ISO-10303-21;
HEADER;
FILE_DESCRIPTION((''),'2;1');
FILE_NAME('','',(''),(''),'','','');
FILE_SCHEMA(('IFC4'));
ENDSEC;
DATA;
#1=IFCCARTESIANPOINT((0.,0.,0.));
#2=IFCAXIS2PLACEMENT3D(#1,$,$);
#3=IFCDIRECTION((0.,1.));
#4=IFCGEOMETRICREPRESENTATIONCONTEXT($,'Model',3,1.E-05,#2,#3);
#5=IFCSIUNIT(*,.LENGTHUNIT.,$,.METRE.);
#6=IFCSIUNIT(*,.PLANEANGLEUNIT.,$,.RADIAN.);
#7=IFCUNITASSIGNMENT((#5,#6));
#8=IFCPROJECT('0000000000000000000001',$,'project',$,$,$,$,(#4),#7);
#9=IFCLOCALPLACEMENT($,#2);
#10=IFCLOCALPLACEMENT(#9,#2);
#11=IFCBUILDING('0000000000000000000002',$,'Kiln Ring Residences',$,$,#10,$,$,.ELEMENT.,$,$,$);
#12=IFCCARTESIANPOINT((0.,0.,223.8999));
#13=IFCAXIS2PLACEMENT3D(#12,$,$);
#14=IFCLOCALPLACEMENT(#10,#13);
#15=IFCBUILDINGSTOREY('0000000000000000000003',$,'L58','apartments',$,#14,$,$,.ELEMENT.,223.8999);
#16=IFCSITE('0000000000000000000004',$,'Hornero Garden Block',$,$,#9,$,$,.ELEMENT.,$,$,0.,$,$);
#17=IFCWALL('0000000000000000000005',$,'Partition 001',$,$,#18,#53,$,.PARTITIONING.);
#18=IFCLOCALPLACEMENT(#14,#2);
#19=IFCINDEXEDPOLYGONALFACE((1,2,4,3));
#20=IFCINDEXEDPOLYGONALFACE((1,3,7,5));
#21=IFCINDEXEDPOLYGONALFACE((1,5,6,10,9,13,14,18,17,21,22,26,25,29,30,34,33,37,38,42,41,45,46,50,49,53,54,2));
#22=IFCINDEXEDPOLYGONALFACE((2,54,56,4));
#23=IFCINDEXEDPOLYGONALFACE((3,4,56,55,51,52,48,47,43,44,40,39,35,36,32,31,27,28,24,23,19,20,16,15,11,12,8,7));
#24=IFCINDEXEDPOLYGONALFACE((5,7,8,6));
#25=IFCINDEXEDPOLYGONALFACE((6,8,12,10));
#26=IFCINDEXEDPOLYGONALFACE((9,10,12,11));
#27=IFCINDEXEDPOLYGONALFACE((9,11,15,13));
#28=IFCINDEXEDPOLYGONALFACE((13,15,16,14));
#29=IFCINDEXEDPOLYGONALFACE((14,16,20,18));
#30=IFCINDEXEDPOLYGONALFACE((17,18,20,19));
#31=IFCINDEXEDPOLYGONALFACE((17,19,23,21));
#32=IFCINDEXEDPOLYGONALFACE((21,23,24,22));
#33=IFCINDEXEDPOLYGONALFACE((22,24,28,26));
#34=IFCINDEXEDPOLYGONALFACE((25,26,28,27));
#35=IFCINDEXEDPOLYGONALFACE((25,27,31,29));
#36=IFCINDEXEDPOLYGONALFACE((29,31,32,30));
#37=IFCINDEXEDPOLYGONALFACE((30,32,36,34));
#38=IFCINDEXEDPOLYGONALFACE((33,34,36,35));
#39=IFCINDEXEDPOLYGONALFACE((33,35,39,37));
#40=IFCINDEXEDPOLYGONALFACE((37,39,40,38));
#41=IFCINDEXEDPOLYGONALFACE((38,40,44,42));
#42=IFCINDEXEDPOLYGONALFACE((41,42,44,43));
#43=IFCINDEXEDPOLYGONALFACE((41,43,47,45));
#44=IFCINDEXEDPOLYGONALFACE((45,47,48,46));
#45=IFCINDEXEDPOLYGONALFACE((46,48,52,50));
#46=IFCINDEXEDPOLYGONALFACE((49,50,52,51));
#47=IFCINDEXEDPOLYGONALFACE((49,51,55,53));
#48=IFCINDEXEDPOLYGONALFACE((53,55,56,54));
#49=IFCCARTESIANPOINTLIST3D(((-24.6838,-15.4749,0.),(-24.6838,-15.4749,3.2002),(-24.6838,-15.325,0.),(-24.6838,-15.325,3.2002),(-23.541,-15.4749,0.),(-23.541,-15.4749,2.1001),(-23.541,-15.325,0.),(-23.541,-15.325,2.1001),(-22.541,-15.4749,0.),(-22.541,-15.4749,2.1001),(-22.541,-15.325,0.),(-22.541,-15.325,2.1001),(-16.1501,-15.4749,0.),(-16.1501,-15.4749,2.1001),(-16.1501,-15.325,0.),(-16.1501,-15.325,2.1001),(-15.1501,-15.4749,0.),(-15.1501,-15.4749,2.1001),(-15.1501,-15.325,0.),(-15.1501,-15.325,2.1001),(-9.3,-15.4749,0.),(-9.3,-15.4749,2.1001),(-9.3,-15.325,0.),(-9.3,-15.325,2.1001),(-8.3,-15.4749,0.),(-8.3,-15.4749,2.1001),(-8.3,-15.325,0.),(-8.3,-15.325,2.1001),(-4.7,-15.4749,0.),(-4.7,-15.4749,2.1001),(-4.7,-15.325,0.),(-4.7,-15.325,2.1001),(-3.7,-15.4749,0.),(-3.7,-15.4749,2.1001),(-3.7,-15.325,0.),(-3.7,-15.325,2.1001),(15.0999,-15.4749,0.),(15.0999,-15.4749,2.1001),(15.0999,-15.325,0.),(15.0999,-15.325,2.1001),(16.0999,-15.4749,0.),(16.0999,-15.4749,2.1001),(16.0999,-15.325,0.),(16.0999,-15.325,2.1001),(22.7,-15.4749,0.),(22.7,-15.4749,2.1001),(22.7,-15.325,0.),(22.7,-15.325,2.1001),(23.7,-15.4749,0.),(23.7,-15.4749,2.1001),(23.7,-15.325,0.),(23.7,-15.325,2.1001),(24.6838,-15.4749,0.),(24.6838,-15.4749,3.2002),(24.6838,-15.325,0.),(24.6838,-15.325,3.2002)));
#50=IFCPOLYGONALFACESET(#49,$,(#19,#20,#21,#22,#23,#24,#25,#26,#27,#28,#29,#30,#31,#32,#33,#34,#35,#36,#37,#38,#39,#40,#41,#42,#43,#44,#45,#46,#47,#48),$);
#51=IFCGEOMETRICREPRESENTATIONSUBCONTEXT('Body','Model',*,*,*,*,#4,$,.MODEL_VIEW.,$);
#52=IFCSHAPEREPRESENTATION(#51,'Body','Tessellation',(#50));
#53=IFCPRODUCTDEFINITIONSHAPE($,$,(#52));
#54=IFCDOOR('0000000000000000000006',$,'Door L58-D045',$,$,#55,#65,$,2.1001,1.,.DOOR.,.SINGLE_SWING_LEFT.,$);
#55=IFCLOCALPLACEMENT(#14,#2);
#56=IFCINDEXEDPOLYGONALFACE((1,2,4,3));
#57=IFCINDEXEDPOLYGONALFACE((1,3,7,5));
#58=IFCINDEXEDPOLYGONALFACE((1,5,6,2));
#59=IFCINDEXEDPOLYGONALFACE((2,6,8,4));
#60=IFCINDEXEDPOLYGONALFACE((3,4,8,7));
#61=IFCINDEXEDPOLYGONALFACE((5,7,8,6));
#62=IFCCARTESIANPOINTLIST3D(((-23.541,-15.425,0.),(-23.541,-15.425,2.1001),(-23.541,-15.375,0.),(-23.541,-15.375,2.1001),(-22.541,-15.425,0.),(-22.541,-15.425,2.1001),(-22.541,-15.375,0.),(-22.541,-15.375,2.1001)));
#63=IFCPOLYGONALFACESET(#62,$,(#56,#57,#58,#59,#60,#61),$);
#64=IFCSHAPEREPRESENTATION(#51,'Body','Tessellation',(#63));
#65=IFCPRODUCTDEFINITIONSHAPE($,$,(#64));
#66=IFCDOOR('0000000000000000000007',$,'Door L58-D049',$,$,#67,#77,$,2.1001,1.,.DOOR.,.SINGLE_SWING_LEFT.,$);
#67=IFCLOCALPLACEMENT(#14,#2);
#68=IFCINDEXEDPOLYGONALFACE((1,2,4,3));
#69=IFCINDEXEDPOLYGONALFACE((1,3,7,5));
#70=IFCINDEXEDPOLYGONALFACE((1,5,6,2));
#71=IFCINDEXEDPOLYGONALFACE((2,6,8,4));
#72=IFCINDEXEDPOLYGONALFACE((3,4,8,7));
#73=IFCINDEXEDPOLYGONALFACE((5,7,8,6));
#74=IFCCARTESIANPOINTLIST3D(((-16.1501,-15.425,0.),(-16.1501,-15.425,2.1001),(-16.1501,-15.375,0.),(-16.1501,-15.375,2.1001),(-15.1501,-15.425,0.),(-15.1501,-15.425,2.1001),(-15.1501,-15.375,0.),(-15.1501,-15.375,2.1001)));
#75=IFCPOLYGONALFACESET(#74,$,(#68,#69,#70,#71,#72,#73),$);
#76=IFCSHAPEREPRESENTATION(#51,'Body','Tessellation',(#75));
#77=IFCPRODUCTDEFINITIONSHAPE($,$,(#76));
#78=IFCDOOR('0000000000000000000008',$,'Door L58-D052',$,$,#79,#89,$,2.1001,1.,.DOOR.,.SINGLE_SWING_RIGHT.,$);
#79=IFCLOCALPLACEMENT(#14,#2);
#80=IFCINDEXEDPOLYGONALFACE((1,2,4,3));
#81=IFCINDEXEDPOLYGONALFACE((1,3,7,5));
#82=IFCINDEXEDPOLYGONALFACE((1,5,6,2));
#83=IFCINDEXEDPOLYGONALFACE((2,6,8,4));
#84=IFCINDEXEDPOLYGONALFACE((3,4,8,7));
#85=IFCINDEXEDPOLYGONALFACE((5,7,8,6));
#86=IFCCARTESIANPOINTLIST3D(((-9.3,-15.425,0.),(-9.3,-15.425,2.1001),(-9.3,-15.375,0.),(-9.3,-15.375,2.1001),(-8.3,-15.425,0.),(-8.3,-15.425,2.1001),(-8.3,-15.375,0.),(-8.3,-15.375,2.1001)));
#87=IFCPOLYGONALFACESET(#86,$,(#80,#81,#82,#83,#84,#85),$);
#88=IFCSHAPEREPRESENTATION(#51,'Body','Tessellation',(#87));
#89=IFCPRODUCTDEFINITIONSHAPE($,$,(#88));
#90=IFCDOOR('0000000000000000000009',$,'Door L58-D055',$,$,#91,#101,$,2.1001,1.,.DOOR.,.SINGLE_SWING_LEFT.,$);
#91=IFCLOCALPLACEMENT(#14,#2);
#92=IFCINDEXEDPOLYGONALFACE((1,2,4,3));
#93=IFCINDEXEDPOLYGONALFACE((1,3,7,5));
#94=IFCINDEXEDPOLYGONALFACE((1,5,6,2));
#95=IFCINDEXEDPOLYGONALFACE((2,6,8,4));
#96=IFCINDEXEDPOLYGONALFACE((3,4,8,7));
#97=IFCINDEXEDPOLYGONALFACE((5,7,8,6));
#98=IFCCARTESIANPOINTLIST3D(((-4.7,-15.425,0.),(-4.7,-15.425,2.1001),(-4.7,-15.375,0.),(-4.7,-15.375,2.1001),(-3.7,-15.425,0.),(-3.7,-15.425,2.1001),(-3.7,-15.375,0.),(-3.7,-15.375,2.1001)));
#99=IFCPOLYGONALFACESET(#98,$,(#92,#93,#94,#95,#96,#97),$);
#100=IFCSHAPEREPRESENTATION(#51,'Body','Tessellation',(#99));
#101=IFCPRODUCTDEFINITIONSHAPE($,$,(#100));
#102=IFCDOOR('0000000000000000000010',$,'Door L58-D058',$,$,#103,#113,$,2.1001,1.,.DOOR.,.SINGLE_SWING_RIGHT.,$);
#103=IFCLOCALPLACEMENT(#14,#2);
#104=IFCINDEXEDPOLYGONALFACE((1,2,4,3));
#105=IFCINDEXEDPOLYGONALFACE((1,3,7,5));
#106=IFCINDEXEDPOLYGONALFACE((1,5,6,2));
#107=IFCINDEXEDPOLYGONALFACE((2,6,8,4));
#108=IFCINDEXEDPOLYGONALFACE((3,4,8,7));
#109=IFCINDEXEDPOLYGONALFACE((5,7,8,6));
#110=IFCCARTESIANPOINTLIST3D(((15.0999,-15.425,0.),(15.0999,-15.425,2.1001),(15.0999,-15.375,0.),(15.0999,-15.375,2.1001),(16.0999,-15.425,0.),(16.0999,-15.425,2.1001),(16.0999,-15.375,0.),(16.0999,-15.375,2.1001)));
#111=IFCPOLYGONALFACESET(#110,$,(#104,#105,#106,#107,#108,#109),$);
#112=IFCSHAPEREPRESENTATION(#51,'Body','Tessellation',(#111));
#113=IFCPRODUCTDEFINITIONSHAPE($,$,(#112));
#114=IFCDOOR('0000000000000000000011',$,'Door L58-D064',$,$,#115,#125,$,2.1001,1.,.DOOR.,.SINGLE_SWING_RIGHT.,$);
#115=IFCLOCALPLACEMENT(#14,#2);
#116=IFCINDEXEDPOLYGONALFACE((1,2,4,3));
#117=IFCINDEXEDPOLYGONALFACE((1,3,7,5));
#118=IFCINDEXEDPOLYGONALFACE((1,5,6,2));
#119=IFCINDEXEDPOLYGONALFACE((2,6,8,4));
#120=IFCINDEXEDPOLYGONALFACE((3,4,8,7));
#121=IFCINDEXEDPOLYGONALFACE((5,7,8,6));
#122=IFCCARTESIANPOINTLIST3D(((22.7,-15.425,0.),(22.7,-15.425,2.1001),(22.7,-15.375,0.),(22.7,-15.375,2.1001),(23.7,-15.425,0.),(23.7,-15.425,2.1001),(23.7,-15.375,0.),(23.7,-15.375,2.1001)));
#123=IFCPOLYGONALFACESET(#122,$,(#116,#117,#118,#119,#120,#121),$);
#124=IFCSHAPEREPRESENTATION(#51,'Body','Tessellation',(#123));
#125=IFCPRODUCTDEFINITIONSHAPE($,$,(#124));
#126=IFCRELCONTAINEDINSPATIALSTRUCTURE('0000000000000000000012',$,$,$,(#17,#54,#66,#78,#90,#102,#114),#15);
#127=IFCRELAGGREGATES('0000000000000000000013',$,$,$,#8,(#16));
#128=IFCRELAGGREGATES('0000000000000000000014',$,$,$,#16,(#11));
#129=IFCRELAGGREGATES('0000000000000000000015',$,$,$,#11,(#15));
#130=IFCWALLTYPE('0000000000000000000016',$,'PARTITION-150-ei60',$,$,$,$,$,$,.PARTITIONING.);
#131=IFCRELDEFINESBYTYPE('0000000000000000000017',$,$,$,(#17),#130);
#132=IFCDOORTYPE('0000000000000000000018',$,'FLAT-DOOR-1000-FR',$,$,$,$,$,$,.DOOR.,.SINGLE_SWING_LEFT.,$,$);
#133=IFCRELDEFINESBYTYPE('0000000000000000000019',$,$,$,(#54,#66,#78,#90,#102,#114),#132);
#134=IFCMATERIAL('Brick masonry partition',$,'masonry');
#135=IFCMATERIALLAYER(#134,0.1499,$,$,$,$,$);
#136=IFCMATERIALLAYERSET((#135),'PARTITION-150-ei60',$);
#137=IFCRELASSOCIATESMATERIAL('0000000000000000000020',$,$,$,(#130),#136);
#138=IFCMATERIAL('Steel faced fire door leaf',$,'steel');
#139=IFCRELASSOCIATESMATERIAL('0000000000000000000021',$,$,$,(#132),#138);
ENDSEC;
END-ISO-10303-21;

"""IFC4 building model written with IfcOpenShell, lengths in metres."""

from ifc_helpers import new_model, si_unit, direction, frame, frame_2d, origin, place, context, subcontext, project, spatial, rectangle, extrude, material, layer, layer_set, type_object, element, fill, save


model = new_model("IFC4")

# Units and contexts
model_context = context("Model", 3, precision=1e-05, world=origin(), true_north=direction((0.0, 1.0)))
body_context = subcontext(model_context, "Body", "Model", "MODEL_VIEW")
ifc_project = project(units=[si_unit("LENGTHUNIT", "METRE"), si_unit("PLANEANGLEUNIT", "RADIAN")], contexts=[model_context])

# Site, building, storey
site_placement = place(None, origin())
site = spatial("IfcSite", under=ifc_project, at=site_placement, Name="Hornero Garden Block", CompositionType="ELEMENT", RefElevation=0.0)
building_placement = place(site_placement, origin())
building = spatial("IfcBuilding", under=site, at=building_placement, Name="Kiln Ring Residences", CompositionType="ELEMENT")
storey_placement = place(building_placement, frame((0.0, 0.0, 223.8999)))
storey = spatial("IfcBuildingStorey", under=building, at=storey_placement, Name="L58", Description="apartments", CompositionType="ELEMENT", Elevation=223.8999)

# Wall, openings, doors
ifc_material_1 = material(Name="Brick masonry partition", Category="masonry")
ifc_layer_1 = layer(ifc_material_1, 0.1499)
ifc_layer_set_1 = layer_set([ifc_layer_1], Name="PARTITION-150-ei60")
wall_type_1 = type_object("IfcWallType", Name="PARTITION-150-ei60", PredefinedType="PARTITIONING", material=ifc_layer_set_1)
wall_placement = place(storey_placement, frame((-24.6838, -15.3999, 0.0), z_axis=(0.0, 0.0, 1.0), x_axis=(1.0, 0.0, 0.0)))
wall = element("IfcWall", 1, at=wall_placement, inside=storey, type_object=wall_type_1, Name="Partition 001", PredefinedType="PARTITIONING", context=body_context, shape_type="SweptSolid", body=[
    extrude(rectangle(XDim=49.3677, YDim=0.1499, at=frame_2d((24.6838, 0.0))), origin(), (0.0, 0.0, 1.0), 3.2002),
])
opening_1_placement = place(wall_placement, frame((1.1428, 0.0, 0.0)))
opening_1 = element("IfcOpeningElement", 2, at=opening_1_placement, cuts=wall, PredefinedType="OPENING", context=body_context, shape_type="SweptSolid", body=[
    extrude(rectangle(XDim=1.0, YDim=2.1001, at=frame_2d((0.5, 1.05))), frame((0.0, 0.085, 0.0), z_axis=(0.0, -1.0, 0.0), x_axis=(1.0, 0.0, 0.0)), (0.0, 0.0, 1.0), 0.1699),
])
opening_2_placement = place(wall_placement, frame((8.5337, 0.0, 0.0)))
opening_2 = element("IfcOpeningElement", 3, at=opening_2_placement, cuts=wall, PredefinedType="OPENING", context=body_context, shape_type="SweptSolid", body=[
    extrude(rectangle(XDim=1.0, YDim=2.1001, at=frame_2d((0.5, 1.05))), frame((0.0, 0.085, 0.0), z_axis=(0.0, -1.0, 0.0), x_axis=(1.0, 0.0, 0.0)), (0.0, 0.0, 1.0), 0.1699),
])
opening_3_placement = place(wall_placement, frame((15.3838, 0.0, 0.0)))
opening_3 = element("IfcOpeningElement", 4, at=opening_3_placement, cuts=wall, PredefinedType="OPENING", context=body_context, shape_type="SweptSolid", body=[
    extrude(rectangle(XDim=1.0, YDim=2.1001, at=frame_2d((0.5, 1.05))), frame((0.0, 0.085, 0.0), z_axis=(0.0, -1.0, 0.0), x_axis=(1.0, 0.0, 0.0)), (0.0, 0.0, 1.0), 0.1699),
])
opening_4_placement = place(wall_placement, frame((19.9839, 0.0, 0.0)))
opening_4 = element("IfcOpeningElement", 5, at=opening_4_placement, cuts=wall, PredefinedType="OPENING", context=body_context, shape_type="SweptSolid", body=[
    extrude(rectangle(XDim=1.0, YDim=2.1001, at=frame_2d((0.5, 1.05))), frame((0.0, 0.085, 0.0), z_axis=(0.0, -1.0, 0.0), x_axis=(1.0, 0.0, 0.0)), (0.0, 0.0, 1.0), 0.1699),
])
opening_5_placement = place(wall_placement, frame((39.7837, 0.0, 0.0)))
opening_5 = element("IfcOpeningElement", 6, at=opening_5_placement, cuts=wall, PredefinedType="OPENING", context=body_context, shape_type="SweptSolid", body=[
    extrude(rectangle(XDim=1.0, YDim=2.1001, at=frame_2d((0.5, 1.05))), frame((0.0, 0.085, 0.0), z_axis=(0.0, -1.0, 0.0), x_axis=(1.0, 0.0, 0.0)), (0.0, 0.0, 1.0), 0.1699),
])
opening_6_placement = place(wall_placement, frame((47.3838, 0.0, 0.0)))
opening_6 = element("IfcOpeningElement", 7, at=opening_6_placement, cuts=wall, PredefinedType="OPENING", context=body_context, shape_type="SweptSolid", body=[
    extrude(rectangle(XDim=1.0, YDim=2.1001, at=frame_2d((0.5, 1.05))), frame((0.0, 0.085, 0.0), z_axis=(0.0, -1.0, 0.0), x_axis=(1.0, 0.0, 0.0)), (0.0, 0.0, 1.0), 0.1699),
])
ifc_material_2 = material(Name="Steel faced fire door leaf", Category="steel")
door_type = type_object("IfcDoorType", Name="FLAT-DOOR-1000-FR", OperationType="SINGLE_SWING_LEFT", PredefinedType="DOOR", material=ifc_material_2)
door_1_placement = place(opening_1_placement, origin())
door_1 = element("IfcDoor", 8, at=door_1_placement, inside=storey, type_object=door_type, Name="Door L58-D045", OperationType="SINGLE_SWING_LEFT", OverallHeight=2.1001, OverallWidth=1.0, PredefinedType="DOOR", context=body_context, shape_type="SweptSolid", body=[
    extrude(rectangle(XDim=1.0, YDim=2.1001, at=frame_2d((0.5, 1.05))), frame((0.0, 0.0249, 0.0), z_axis=(0.0, -1.0, 0.0), x_axis=(1.0, 0.0, 0.0)), (0.0, 0.0, 1.0), 0.05),
])
fill(opening_1, door_1)
door_2_placement = place(opening_2_placement, origin())
door_2 = element("IfcDoor", 9, at=door_2_placement, inside=storey, type_object=door_type, Name="Door L58-D049", OperationType="SINGLE_SWING_LEFT", OverallHeight=2.1001, OverallWidth=1.0, PredefinedType="DOOR", context=body_context, shape_type="SweptSolid", body=[
    extrude(rectangle(XDim=1.0, YDim=2.1001, at=frame_2d((0.5, 1.05))), frame((0.0, 0.0249, 0.0), z_axis=(0.0, -1.0, 0.0), x_axis=(1.0, 0.0, 0.0)), (0.0, 0.0, 1.0), 0.05),
])
fill(opening_2, door_2)
door_3_placement = place(opening_3_placement, origin())
door_3 = element("IfcDoor", 10, at=door_3_placement, inside=storey, type_object=door_type, Name="Door L58-D052", OperationType="SINGLE_SWING_RIGHT", OverallHeight=2.1001, OverallWidth=1.0, PredefinedType="DOOR", context=body_context, shape_type="SweptSolid", body=[
    extrude(rectangle(XDim=1.0, YDim=2.1001, at=frame_2d((0.5, 1.05))), frame((0.0, 0.0249, 0.0), z_axis=(0.0, -1.0, 0.0), x_axis=(1.0, 0.0, 0.0)), (0.0, 0.0, 1.0), 0.05),
])
fill(opening_3, door_3)
door_4_placement = place(opening_4_placement, origin())
door_4 = element("IfcDoor", 11, at=door_4_placement, inside=storey, type_object=door_type, Name="Door L58-D055", OperationType="SINGLE_SWING_LEFT", OverallHeight=2.1001, OverallWidth=1.0, PredefinedType="DOOR", context=body_context, shape_type="SweptSolid", body=[
    extrude(rectangle(XDim=1.0, YDim=2.1001, at=frame_2d((0.5, 1.05))), frame((0.0, 0.0249, 0.0), z_axis=(0.0, -1.0, 0.0), x_axis=(1.0, 0.0, 0.0)), (0.0, 0.0, 1.0), 0.05),
])
fill(opening_4, door_4)
door_5_placement = place(opening_5_placement, origin())
door_5 = element("IfcDoor", 12, at=door_5_placement, inside=storey, type_object=door_type, Name="Door L58-D058", OperationType="SINGLE_SWING_RIGHT", OverallHeight=2.1001, OverallWidth=1.0, PredefinedType="DOOR", context=body_context, shape_type="SweptSolid", body=[
    extrude(rectangle(XDim=1.0, YDim=2.1001, at=frame_2d((0.5, 1.05))), frame((0.0, 0.0249, 0.0), z_axis=(0.0, -1.0, 0.0), x_axis=(1.0, 0.0, 0.0)), (0.0, 0.0, 1.0), 0.05),
])
fill(opening_5, door_5)
door_6_placement = place(opening_6_placement, origin())
door_6 = element("IfcDoor", 13, at=door_6_placement, inside=storey, type_object=door_type, Name="Door L58-D064", OperationType="SINGLE_SWING_RIGHT", OverallHeight=2.1001, OverallWidth=1.0, PredefinedType="DOOR", context=body_context, shape_type="SweptSolid", body=[
    extrude(rectangle(XDim=1.0, YDim=2.1001, at=frame_2d((0.5, 1.05))), frame((0.0, 0.0249, 0.0), z_axis=(0.0, -1.0, 0.0), x_axis=(1.0, 0.0, 0.0)), (0.0, 0.0, 1.0), 0.05),
])
fill(opening_6, door_6)

save(model, "model.ifc")
